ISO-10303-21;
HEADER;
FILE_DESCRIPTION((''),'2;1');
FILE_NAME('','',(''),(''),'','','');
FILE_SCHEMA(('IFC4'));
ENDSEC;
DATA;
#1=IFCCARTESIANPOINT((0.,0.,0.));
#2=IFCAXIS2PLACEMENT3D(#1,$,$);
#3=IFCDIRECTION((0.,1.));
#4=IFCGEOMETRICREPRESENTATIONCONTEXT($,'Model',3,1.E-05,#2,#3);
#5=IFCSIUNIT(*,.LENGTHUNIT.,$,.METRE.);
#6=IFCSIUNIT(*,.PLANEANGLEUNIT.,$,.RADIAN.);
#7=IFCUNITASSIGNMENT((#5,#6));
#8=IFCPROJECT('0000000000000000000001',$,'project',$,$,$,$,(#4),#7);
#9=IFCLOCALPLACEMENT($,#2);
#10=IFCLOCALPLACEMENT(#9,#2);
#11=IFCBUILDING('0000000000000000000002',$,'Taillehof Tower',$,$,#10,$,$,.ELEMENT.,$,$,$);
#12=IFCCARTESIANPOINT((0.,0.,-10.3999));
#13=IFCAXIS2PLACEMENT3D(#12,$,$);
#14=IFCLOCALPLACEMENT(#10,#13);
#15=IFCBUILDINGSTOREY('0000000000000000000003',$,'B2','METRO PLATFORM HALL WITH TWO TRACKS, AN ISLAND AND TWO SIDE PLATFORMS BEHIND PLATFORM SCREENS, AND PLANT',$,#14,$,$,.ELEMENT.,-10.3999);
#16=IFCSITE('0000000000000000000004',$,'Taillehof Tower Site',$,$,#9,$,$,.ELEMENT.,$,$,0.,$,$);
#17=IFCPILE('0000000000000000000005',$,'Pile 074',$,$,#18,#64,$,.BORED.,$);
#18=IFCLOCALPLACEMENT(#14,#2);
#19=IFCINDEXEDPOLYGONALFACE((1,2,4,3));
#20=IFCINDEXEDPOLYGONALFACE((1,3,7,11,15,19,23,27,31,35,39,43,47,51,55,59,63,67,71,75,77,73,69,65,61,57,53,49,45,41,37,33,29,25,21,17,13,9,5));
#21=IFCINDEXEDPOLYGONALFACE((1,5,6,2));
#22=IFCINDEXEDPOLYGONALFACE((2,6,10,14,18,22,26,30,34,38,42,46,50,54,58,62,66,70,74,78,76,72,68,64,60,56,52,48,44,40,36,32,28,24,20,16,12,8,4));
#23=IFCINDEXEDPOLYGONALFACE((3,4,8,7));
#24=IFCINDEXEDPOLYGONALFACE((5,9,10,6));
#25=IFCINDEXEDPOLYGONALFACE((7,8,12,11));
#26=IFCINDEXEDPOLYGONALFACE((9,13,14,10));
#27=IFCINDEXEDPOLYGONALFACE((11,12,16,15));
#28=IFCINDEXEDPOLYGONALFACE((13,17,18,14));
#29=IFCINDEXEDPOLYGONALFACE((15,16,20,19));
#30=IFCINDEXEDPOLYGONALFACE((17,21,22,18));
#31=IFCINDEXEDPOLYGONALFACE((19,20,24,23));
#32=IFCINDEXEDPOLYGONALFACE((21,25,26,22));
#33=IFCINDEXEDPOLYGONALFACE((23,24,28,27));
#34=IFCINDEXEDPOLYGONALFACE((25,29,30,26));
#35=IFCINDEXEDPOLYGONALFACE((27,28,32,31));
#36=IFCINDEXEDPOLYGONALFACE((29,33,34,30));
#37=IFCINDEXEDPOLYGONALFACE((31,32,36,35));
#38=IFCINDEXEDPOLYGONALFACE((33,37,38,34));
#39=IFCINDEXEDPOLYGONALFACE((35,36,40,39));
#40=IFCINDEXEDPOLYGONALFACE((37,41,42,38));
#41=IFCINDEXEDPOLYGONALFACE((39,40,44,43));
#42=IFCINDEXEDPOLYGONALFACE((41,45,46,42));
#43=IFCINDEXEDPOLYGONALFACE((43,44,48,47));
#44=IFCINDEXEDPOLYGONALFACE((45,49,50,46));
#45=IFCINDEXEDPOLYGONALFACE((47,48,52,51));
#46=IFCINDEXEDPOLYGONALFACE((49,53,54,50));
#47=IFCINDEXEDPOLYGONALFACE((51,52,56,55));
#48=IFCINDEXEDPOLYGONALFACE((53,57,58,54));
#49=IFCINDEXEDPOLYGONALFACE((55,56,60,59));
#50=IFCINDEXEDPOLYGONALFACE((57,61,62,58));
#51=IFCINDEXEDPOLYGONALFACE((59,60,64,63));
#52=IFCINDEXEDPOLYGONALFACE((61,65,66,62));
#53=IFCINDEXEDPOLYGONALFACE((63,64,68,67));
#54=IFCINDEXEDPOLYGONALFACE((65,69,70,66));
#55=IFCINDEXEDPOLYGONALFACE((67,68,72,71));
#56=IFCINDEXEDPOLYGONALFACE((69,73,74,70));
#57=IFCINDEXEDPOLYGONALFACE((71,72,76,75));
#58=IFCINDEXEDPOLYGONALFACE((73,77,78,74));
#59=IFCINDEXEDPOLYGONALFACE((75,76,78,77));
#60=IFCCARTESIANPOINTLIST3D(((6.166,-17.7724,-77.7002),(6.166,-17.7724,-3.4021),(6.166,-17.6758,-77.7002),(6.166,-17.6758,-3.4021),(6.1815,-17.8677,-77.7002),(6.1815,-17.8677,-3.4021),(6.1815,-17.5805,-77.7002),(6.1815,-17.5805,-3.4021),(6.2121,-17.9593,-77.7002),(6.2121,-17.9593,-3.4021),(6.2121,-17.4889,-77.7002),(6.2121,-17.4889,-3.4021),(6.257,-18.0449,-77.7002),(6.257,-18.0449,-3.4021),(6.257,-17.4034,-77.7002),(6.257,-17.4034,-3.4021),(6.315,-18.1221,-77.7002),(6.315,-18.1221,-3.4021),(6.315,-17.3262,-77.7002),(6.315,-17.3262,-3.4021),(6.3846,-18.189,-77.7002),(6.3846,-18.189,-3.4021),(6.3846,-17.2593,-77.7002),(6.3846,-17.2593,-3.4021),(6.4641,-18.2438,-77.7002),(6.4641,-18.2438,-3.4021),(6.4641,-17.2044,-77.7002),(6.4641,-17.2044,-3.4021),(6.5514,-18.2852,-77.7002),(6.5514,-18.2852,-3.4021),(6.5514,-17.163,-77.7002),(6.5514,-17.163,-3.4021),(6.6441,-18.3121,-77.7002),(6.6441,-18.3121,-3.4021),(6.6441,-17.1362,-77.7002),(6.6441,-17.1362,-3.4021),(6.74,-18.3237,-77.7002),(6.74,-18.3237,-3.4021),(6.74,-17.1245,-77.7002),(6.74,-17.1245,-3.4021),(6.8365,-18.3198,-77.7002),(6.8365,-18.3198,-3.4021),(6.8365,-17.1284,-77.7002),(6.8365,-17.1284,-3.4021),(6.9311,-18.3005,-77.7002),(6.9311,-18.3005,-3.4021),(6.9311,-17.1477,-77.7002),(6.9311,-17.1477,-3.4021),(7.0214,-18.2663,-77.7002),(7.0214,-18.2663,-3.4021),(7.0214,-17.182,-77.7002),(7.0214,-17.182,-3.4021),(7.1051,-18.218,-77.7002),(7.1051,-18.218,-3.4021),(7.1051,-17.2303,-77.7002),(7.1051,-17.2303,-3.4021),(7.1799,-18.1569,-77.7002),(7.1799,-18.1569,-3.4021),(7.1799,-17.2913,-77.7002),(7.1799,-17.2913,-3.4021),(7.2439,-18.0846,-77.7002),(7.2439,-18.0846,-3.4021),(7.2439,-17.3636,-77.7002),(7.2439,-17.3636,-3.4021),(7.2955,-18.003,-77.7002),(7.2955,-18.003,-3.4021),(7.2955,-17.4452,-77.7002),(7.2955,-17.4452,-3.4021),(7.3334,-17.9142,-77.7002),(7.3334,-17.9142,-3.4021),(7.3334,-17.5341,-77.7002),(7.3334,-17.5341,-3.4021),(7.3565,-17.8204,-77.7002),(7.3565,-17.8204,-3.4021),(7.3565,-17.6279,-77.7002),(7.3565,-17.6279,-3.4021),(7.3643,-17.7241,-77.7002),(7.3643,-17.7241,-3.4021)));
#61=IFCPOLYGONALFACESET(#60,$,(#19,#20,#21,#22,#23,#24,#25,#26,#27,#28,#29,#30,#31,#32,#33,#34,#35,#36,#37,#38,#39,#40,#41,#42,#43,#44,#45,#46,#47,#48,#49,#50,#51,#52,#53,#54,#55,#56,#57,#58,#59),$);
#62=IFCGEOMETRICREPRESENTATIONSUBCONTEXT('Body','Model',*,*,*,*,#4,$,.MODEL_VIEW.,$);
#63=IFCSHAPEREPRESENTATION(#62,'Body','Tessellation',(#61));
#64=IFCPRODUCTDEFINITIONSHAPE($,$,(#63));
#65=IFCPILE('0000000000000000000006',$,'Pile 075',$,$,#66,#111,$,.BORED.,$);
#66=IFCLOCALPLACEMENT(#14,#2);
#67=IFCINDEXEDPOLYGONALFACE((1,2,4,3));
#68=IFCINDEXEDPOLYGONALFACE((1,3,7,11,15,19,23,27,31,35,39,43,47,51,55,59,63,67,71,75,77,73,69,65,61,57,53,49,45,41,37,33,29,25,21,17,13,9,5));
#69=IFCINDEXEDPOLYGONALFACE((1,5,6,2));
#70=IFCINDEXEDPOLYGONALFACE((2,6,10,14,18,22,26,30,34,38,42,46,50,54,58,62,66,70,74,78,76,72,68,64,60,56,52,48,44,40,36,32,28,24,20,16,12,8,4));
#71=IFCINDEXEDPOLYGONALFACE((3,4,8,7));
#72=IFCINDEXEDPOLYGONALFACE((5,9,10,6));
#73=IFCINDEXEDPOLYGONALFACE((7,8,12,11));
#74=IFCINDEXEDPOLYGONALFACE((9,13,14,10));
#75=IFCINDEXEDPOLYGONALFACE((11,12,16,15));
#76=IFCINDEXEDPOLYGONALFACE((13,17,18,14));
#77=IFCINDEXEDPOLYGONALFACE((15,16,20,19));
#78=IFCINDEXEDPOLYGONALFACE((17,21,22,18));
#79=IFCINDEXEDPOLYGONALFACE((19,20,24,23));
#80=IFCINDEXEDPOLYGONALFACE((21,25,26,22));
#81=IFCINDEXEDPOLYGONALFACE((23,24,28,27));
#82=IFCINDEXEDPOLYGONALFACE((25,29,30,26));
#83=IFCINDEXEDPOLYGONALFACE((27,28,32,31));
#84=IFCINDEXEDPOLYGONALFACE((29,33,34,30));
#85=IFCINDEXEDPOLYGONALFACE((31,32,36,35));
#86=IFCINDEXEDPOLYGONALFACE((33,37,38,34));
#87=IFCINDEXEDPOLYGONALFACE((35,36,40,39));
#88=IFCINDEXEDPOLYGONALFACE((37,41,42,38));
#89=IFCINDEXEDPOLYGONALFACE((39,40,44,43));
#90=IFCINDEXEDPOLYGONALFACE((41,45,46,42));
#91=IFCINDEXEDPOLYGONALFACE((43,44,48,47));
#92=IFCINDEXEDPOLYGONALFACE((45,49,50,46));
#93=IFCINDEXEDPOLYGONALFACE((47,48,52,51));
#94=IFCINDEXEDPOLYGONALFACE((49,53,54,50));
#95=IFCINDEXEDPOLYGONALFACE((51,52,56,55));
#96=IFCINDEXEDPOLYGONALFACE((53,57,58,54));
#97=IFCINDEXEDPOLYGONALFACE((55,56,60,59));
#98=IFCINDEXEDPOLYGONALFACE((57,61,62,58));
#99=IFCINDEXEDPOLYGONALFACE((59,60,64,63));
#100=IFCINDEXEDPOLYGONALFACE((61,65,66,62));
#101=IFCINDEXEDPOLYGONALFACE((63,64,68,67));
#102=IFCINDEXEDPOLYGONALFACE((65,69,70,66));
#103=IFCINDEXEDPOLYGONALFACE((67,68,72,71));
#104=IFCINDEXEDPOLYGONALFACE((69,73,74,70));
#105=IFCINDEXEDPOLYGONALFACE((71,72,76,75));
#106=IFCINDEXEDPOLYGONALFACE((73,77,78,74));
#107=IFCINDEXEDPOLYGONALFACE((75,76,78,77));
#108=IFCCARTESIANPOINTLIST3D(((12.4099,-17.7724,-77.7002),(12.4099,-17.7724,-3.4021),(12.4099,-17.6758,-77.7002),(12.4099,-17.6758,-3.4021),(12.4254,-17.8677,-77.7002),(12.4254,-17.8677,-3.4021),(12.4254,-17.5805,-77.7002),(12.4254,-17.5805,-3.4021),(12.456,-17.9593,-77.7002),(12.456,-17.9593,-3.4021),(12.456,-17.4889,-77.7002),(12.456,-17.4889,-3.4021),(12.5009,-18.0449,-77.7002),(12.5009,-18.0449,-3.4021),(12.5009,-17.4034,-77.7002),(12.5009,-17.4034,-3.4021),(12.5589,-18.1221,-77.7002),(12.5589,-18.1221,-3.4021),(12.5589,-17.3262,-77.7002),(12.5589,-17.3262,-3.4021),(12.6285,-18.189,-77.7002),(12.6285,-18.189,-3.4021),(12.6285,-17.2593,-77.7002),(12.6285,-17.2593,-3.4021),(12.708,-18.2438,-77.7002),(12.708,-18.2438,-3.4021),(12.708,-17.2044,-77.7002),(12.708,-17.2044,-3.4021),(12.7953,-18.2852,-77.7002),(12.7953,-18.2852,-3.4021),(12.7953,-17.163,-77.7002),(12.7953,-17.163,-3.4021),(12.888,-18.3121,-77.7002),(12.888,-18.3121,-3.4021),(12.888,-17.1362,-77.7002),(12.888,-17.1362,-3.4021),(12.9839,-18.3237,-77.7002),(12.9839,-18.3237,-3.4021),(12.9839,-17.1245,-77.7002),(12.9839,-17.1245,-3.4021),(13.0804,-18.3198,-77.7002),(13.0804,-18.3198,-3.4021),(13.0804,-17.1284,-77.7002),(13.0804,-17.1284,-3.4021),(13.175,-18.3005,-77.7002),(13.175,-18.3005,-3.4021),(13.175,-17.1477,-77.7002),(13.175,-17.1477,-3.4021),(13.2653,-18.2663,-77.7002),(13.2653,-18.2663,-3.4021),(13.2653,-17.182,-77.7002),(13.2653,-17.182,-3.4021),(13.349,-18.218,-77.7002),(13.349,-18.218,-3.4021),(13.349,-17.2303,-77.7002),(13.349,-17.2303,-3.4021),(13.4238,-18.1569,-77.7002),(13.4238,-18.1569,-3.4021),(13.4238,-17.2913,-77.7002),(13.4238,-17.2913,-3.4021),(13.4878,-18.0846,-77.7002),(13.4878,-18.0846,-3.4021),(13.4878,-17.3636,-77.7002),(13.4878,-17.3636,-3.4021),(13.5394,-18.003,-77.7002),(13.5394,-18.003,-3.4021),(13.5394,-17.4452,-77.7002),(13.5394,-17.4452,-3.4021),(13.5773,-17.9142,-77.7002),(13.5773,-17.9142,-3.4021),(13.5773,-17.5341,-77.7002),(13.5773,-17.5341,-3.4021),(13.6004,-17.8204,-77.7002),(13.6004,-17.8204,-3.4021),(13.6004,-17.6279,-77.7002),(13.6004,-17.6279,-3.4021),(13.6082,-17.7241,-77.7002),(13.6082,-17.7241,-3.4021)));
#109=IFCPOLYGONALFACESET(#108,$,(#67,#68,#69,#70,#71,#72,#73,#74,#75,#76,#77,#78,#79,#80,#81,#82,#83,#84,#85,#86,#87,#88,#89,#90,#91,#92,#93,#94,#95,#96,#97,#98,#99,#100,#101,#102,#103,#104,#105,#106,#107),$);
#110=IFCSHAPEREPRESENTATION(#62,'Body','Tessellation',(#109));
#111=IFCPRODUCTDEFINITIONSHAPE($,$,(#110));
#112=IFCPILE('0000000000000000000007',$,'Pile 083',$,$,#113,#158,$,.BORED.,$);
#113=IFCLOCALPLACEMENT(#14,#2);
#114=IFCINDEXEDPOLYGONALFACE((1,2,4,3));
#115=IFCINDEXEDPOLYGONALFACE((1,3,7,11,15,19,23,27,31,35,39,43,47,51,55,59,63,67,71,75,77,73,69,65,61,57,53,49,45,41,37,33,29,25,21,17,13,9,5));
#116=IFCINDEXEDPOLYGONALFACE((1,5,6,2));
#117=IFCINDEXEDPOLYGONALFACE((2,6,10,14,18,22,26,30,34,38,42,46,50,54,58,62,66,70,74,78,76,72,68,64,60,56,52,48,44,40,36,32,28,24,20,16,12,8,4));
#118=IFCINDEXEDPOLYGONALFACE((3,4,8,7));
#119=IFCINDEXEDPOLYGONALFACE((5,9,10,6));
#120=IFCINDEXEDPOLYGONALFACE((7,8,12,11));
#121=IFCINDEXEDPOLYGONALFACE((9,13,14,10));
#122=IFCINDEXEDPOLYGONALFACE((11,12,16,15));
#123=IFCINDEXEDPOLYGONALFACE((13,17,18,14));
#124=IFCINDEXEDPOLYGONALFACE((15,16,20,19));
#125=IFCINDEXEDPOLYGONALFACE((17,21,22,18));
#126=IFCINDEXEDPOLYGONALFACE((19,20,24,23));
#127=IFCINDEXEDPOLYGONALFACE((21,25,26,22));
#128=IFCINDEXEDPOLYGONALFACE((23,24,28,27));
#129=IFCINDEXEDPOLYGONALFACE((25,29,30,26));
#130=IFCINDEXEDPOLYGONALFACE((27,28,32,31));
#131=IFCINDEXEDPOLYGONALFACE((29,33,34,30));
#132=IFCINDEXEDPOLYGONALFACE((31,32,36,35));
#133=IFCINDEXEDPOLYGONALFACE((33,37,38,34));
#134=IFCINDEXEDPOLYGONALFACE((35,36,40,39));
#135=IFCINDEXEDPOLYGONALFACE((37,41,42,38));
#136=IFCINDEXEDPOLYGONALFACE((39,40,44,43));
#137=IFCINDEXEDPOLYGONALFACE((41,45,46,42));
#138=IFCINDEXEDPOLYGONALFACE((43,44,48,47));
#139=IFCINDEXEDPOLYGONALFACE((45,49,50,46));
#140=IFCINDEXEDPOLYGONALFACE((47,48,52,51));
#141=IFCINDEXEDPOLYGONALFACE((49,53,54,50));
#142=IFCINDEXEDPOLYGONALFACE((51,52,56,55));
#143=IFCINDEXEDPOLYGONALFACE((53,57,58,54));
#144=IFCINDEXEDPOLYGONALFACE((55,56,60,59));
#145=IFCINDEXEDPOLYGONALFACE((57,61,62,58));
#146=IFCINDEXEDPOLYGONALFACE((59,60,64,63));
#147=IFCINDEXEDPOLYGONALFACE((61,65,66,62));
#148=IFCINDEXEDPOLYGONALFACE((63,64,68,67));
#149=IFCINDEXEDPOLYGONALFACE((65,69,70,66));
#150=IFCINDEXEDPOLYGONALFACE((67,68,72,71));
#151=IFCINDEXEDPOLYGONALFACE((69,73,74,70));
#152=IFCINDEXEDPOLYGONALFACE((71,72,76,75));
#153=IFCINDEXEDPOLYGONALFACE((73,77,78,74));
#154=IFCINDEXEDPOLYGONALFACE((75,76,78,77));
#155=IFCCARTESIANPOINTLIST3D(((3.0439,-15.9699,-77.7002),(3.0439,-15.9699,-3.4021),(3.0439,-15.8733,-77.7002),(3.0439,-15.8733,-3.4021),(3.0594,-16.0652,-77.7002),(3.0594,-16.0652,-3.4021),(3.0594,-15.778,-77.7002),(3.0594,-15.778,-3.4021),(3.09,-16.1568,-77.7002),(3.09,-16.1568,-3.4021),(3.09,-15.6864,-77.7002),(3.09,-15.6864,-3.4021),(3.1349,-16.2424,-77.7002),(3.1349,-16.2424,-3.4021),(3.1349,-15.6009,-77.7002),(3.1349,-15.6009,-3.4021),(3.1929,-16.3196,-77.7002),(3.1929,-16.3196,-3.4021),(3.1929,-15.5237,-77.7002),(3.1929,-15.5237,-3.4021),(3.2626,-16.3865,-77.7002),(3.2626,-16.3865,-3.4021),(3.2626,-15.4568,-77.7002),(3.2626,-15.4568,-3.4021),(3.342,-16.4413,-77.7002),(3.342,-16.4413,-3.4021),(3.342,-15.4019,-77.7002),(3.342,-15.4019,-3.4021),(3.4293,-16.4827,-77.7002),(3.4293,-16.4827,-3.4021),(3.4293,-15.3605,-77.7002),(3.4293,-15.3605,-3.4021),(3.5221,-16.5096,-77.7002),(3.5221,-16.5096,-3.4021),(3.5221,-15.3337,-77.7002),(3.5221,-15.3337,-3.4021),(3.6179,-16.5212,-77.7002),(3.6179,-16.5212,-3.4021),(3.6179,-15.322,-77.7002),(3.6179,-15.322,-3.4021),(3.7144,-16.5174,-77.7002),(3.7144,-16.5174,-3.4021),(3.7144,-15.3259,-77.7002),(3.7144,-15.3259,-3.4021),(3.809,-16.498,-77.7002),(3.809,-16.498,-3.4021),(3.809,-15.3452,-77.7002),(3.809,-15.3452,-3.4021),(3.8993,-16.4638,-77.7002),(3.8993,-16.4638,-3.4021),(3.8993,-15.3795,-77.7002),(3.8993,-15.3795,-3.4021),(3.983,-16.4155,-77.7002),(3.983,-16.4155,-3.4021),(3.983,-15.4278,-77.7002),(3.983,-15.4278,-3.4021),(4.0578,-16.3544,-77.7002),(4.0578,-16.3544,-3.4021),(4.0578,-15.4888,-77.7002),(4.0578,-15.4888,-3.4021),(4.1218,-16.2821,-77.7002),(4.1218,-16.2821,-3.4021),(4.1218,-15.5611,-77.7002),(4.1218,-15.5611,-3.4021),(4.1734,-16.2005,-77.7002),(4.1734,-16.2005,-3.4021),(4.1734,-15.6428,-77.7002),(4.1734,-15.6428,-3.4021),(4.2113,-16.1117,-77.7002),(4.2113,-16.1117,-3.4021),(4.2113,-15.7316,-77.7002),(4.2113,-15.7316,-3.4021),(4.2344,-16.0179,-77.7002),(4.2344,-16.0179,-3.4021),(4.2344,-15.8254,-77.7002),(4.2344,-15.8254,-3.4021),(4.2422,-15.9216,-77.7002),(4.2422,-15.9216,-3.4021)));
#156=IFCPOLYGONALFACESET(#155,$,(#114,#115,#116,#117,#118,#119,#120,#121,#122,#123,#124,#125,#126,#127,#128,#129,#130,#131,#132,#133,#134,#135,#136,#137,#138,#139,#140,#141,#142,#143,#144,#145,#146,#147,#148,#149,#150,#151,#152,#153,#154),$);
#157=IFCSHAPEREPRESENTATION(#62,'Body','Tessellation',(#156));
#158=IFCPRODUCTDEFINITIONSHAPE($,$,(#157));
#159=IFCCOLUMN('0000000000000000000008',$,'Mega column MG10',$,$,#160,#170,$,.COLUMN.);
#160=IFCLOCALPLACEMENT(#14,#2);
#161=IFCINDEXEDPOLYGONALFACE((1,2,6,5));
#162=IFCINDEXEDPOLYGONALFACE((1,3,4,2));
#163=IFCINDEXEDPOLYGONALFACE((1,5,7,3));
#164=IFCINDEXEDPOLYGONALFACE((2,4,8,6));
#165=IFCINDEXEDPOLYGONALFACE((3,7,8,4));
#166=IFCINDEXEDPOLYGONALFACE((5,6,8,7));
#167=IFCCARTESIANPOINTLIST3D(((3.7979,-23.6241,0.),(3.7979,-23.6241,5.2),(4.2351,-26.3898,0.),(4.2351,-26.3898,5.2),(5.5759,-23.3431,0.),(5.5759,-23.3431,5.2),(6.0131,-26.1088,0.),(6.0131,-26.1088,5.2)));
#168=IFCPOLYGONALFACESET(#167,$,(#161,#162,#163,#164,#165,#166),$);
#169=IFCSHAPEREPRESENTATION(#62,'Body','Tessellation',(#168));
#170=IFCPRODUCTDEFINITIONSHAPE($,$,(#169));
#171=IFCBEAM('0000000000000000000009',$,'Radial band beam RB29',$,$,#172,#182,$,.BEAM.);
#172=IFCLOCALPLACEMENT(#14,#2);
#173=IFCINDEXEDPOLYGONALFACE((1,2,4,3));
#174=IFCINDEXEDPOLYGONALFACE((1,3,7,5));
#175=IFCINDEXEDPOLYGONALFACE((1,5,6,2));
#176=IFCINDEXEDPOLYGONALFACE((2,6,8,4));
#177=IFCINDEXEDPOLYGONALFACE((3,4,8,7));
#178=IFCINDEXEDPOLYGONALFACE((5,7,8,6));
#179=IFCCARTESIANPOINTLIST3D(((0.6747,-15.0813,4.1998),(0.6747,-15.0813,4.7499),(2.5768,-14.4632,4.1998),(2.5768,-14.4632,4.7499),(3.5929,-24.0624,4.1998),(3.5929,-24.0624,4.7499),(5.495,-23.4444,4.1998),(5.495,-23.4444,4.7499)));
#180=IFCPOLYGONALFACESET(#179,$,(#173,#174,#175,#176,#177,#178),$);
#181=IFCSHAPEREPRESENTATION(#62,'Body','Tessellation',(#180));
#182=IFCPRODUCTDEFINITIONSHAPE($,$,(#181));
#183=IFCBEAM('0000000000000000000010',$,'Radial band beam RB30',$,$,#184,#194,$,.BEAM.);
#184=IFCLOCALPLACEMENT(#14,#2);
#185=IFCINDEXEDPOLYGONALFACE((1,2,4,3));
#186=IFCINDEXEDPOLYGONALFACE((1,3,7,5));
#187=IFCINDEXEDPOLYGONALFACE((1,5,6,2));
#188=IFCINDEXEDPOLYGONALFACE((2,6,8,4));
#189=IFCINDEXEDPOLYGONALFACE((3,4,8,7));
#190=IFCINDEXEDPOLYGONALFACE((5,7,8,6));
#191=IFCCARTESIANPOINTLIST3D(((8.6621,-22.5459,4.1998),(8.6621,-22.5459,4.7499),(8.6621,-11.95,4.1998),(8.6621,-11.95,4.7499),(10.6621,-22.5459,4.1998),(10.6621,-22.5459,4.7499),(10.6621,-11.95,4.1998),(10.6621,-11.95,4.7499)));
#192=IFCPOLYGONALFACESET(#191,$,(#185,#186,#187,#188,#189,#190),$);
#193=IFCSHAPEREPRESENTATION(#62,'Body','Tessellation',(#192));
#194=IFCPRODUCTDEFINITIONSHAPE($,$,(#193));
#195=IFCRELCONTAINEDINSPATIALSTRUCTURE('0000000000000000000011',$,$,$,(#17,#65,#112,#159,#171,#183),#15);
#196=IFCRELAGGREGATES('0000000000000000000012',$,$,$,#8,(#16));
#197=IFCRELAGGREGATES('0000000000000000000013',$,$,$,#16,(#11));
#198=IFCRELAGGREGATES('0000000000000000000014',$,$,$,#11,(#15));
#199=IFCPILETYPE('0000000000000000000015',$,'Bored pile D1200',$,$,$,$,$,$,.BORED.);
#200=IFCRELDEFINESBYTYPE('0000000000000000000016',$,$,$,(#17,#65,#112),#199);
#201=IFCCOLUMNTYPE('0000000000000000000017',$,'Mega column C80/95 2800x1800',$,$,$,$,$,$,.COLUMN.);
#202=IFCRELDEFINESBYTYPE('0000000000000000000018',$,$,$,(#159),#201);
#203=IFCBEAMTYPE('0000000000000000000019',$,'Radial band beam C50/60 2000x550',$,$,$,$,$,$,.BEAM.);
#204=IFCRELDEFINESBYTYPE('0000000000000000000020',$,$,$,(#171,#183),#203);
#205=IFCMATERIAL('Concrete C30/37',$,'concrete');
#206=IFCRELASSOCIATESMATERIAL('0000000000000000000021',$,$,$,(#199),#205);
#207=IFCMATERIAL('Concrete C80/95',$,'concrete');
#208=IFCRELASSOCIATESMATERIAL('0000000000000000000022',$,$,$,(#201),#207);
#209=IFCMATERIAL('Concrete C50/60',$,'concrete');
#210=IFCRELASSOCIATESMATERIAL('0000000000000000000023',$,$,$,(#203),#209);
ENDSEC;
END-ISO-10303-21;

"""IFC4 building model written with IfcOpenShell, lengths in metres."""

from ifc_helpers import new_model, si_unit, direction, frame, origin, origin_2d, place, context, subcontext, project, spatial, rectangle, circle, extrude, material, material_profile, profile_set, type_object, element, save


model = new_model("IFC4")

# Units and contexts
model_context = context("Model", 3, precision=1e-05, world=origin(), true_north=direction((0.0, 1.0)))
body_context = subcontext(model_context, "Body", "Model", "MODEL_VIEW")
ifc_project = project(units=[si_unit("LENGTHUNIT", "METRE"), si_unit("PLANEANGLEUNIT", "RADIAN")], contexts=[model_context])

# Site, building, storey
site_placement = place(None, origin())
site = spatial("IfcSite", under=ifc_project, at=site_placement, Name="Taillehof Tower Site", CompositionType="ELEMENT", RefElevation=0.0)
building_placement = place(site_placement, origin())
building = spatial("IfcBuilding", under=site, at=building_placement, Name="Taillehof Tower", CompositionType="ELEMENT")
storey_placement = place(building_placement, frame((0.0, 0.0, -10.3999)))
storey = spatial("IfcBuildingStorey", under=building, at=storey_placement, Name="B2", Description="METRO PLATFORM HALL WITH TWO TRACKS, AN ISLAND AND TWO SIDE PLATFORMS BEHIND PLATFORM SCREENS, AND PLANT", CompositionType="ELEMENT", Elevation=-10.3999)

# Piles
ifc_material_1 = material(Name="Concrete C30/37", Category="concrete")
ifc_material_profile_1 = material_profile(ifc_material_1, circle(Radius=0.6001, at=origin_2d()), Name="BP D1200")
ifc_profile_set_1 = profile_set([ifc_material_profile_1], Name="Concrete C30/37")
pile_type = type_object("IfcPileType", Name="Bored pile D1200", PredefinedType="BORED", material=ifc_profile_set_1)
for number, where, z_axis, x_axis, name in (
    (1, (6.7642, -17.7241, -3.4021), (0.0, 0.0, -1.0), (1.0, 0.0, 0.0), "Pile 074"),
    (2, (13.0081, -17.7241, -3.4021), (0.0, 0.0, -1.0), (1.0, 0.0, 0.0), "Pile 075"),
    (3, (3.6421, -15.9216, -3.4021), (0.0, 0.0, -1.0), (1.0, 0.0, 0.0), "Pile 083"),
):
    element("IfcPile", number, at=place(storey_placement, frame(where, z_axis=z_axis, x_axis=x_axis)), inside=storey, type_object=pile_type, Name=name, PredefinedType="BORED", context=body_context, shape_type="SweptSolid", body=[
        extrude(circle(Radius=0.6001, at=origin_2d()), origin(), (0.0, 0.0, 1.0), 74.2981),
    ])

# Column
ifc_material_2 = material(Name="Concrete C80/95", Category="concrete")
ifc_material_profile_2 = material_profile(ifc_material_2, rectangle(XDim=2.8, YDim=1.8, at=origin_2d()), Name="RC 2800x1800")
ifc_profile_set_2 = profile_set([ifc_material_profile_2], Name="Concrete C80/95")
column_type = type_object("IfcColumnType", Name="Mega column C80/95 2800x1800", PredefinedType="COLUMN", material=ifc_profile_set_2)
column_placement = place(storey_placement, frame((4.9055, -24.8665, 0.0), z_axis=(0.0, 0.0, 1.0), x_axis=(0.156147, -0.987734, 0.0)))
element("IfcColumn", 4, at=column_placement, inside=storey, type_object=column_type, Name="Mega column MG10", PredefinedType="COLUMN", context=body_context, shape_type="SweptSolid", body=[
    extrude(rectangle(XDim=2.8, YDim=1.8, at=origin_2d()), origin(), (0.0, 0.0, 1.0), 5.2),
])

# Beams
ifc_material_3 = material(Name="Concrete C50/60", Category="concrete")
ifc_material_profile_3 = material_profile(ifc_material_3, rectangle(XDim=2.0, YDim=0.55, at=origin_2d()), Name="RC 2000x550")
ifc_profile_set_3 = profile_set([ifc_material_profile_3], Name="Concrete C50/60")
beam_type_1 = type_object("IfcBeamType", Name="Radial band beam C50/60 2000x550", PredefinedType="BEAM", material=ifc_profile_set_3)
beam_1_placement = place(storey_placement, frame((4.5439, -23.7534, 4.4749), z_axis=(-0.309021, 0.951055, 0.0), x_axis=(-0.951055, -0.309021, 0.0)))
element("IfcBeam", 5, at=beam_1_placement, inside=storey, type_object=beam_type_1, Name="Radial band beam RB29", PredefinedType="BEAM", context=body_context, shape_type="SweptSolid", body=[
    extrude(rectangle(XDim=2.0, YDim=0.55, at=origin_2d()), origin(), (0.0, 0.0, 1.0), 9.4434),
])
beam_2_placement = place(storey_placement, frame((9.6621, -22.5459, 4.4749), z_axis=(0.0, 1.0, 0.0), x_axis=(-1.0, 0.0, 0.0)))
element("IfcBeam", 6, at=beam_2_placement, inside=storey, type_object=beam_type_1, Name="Radial band beam RB30", PredefinedType="BEAM", context=body_context, shape_type="SweptSolid", body=[
    extrude(rectangle(XDim=2.0, YDim=0.55, at=origin_2d()), origin(), (0.0, 0.0, 1.0), 10.5959),
])

save(model, "model.ifc")
